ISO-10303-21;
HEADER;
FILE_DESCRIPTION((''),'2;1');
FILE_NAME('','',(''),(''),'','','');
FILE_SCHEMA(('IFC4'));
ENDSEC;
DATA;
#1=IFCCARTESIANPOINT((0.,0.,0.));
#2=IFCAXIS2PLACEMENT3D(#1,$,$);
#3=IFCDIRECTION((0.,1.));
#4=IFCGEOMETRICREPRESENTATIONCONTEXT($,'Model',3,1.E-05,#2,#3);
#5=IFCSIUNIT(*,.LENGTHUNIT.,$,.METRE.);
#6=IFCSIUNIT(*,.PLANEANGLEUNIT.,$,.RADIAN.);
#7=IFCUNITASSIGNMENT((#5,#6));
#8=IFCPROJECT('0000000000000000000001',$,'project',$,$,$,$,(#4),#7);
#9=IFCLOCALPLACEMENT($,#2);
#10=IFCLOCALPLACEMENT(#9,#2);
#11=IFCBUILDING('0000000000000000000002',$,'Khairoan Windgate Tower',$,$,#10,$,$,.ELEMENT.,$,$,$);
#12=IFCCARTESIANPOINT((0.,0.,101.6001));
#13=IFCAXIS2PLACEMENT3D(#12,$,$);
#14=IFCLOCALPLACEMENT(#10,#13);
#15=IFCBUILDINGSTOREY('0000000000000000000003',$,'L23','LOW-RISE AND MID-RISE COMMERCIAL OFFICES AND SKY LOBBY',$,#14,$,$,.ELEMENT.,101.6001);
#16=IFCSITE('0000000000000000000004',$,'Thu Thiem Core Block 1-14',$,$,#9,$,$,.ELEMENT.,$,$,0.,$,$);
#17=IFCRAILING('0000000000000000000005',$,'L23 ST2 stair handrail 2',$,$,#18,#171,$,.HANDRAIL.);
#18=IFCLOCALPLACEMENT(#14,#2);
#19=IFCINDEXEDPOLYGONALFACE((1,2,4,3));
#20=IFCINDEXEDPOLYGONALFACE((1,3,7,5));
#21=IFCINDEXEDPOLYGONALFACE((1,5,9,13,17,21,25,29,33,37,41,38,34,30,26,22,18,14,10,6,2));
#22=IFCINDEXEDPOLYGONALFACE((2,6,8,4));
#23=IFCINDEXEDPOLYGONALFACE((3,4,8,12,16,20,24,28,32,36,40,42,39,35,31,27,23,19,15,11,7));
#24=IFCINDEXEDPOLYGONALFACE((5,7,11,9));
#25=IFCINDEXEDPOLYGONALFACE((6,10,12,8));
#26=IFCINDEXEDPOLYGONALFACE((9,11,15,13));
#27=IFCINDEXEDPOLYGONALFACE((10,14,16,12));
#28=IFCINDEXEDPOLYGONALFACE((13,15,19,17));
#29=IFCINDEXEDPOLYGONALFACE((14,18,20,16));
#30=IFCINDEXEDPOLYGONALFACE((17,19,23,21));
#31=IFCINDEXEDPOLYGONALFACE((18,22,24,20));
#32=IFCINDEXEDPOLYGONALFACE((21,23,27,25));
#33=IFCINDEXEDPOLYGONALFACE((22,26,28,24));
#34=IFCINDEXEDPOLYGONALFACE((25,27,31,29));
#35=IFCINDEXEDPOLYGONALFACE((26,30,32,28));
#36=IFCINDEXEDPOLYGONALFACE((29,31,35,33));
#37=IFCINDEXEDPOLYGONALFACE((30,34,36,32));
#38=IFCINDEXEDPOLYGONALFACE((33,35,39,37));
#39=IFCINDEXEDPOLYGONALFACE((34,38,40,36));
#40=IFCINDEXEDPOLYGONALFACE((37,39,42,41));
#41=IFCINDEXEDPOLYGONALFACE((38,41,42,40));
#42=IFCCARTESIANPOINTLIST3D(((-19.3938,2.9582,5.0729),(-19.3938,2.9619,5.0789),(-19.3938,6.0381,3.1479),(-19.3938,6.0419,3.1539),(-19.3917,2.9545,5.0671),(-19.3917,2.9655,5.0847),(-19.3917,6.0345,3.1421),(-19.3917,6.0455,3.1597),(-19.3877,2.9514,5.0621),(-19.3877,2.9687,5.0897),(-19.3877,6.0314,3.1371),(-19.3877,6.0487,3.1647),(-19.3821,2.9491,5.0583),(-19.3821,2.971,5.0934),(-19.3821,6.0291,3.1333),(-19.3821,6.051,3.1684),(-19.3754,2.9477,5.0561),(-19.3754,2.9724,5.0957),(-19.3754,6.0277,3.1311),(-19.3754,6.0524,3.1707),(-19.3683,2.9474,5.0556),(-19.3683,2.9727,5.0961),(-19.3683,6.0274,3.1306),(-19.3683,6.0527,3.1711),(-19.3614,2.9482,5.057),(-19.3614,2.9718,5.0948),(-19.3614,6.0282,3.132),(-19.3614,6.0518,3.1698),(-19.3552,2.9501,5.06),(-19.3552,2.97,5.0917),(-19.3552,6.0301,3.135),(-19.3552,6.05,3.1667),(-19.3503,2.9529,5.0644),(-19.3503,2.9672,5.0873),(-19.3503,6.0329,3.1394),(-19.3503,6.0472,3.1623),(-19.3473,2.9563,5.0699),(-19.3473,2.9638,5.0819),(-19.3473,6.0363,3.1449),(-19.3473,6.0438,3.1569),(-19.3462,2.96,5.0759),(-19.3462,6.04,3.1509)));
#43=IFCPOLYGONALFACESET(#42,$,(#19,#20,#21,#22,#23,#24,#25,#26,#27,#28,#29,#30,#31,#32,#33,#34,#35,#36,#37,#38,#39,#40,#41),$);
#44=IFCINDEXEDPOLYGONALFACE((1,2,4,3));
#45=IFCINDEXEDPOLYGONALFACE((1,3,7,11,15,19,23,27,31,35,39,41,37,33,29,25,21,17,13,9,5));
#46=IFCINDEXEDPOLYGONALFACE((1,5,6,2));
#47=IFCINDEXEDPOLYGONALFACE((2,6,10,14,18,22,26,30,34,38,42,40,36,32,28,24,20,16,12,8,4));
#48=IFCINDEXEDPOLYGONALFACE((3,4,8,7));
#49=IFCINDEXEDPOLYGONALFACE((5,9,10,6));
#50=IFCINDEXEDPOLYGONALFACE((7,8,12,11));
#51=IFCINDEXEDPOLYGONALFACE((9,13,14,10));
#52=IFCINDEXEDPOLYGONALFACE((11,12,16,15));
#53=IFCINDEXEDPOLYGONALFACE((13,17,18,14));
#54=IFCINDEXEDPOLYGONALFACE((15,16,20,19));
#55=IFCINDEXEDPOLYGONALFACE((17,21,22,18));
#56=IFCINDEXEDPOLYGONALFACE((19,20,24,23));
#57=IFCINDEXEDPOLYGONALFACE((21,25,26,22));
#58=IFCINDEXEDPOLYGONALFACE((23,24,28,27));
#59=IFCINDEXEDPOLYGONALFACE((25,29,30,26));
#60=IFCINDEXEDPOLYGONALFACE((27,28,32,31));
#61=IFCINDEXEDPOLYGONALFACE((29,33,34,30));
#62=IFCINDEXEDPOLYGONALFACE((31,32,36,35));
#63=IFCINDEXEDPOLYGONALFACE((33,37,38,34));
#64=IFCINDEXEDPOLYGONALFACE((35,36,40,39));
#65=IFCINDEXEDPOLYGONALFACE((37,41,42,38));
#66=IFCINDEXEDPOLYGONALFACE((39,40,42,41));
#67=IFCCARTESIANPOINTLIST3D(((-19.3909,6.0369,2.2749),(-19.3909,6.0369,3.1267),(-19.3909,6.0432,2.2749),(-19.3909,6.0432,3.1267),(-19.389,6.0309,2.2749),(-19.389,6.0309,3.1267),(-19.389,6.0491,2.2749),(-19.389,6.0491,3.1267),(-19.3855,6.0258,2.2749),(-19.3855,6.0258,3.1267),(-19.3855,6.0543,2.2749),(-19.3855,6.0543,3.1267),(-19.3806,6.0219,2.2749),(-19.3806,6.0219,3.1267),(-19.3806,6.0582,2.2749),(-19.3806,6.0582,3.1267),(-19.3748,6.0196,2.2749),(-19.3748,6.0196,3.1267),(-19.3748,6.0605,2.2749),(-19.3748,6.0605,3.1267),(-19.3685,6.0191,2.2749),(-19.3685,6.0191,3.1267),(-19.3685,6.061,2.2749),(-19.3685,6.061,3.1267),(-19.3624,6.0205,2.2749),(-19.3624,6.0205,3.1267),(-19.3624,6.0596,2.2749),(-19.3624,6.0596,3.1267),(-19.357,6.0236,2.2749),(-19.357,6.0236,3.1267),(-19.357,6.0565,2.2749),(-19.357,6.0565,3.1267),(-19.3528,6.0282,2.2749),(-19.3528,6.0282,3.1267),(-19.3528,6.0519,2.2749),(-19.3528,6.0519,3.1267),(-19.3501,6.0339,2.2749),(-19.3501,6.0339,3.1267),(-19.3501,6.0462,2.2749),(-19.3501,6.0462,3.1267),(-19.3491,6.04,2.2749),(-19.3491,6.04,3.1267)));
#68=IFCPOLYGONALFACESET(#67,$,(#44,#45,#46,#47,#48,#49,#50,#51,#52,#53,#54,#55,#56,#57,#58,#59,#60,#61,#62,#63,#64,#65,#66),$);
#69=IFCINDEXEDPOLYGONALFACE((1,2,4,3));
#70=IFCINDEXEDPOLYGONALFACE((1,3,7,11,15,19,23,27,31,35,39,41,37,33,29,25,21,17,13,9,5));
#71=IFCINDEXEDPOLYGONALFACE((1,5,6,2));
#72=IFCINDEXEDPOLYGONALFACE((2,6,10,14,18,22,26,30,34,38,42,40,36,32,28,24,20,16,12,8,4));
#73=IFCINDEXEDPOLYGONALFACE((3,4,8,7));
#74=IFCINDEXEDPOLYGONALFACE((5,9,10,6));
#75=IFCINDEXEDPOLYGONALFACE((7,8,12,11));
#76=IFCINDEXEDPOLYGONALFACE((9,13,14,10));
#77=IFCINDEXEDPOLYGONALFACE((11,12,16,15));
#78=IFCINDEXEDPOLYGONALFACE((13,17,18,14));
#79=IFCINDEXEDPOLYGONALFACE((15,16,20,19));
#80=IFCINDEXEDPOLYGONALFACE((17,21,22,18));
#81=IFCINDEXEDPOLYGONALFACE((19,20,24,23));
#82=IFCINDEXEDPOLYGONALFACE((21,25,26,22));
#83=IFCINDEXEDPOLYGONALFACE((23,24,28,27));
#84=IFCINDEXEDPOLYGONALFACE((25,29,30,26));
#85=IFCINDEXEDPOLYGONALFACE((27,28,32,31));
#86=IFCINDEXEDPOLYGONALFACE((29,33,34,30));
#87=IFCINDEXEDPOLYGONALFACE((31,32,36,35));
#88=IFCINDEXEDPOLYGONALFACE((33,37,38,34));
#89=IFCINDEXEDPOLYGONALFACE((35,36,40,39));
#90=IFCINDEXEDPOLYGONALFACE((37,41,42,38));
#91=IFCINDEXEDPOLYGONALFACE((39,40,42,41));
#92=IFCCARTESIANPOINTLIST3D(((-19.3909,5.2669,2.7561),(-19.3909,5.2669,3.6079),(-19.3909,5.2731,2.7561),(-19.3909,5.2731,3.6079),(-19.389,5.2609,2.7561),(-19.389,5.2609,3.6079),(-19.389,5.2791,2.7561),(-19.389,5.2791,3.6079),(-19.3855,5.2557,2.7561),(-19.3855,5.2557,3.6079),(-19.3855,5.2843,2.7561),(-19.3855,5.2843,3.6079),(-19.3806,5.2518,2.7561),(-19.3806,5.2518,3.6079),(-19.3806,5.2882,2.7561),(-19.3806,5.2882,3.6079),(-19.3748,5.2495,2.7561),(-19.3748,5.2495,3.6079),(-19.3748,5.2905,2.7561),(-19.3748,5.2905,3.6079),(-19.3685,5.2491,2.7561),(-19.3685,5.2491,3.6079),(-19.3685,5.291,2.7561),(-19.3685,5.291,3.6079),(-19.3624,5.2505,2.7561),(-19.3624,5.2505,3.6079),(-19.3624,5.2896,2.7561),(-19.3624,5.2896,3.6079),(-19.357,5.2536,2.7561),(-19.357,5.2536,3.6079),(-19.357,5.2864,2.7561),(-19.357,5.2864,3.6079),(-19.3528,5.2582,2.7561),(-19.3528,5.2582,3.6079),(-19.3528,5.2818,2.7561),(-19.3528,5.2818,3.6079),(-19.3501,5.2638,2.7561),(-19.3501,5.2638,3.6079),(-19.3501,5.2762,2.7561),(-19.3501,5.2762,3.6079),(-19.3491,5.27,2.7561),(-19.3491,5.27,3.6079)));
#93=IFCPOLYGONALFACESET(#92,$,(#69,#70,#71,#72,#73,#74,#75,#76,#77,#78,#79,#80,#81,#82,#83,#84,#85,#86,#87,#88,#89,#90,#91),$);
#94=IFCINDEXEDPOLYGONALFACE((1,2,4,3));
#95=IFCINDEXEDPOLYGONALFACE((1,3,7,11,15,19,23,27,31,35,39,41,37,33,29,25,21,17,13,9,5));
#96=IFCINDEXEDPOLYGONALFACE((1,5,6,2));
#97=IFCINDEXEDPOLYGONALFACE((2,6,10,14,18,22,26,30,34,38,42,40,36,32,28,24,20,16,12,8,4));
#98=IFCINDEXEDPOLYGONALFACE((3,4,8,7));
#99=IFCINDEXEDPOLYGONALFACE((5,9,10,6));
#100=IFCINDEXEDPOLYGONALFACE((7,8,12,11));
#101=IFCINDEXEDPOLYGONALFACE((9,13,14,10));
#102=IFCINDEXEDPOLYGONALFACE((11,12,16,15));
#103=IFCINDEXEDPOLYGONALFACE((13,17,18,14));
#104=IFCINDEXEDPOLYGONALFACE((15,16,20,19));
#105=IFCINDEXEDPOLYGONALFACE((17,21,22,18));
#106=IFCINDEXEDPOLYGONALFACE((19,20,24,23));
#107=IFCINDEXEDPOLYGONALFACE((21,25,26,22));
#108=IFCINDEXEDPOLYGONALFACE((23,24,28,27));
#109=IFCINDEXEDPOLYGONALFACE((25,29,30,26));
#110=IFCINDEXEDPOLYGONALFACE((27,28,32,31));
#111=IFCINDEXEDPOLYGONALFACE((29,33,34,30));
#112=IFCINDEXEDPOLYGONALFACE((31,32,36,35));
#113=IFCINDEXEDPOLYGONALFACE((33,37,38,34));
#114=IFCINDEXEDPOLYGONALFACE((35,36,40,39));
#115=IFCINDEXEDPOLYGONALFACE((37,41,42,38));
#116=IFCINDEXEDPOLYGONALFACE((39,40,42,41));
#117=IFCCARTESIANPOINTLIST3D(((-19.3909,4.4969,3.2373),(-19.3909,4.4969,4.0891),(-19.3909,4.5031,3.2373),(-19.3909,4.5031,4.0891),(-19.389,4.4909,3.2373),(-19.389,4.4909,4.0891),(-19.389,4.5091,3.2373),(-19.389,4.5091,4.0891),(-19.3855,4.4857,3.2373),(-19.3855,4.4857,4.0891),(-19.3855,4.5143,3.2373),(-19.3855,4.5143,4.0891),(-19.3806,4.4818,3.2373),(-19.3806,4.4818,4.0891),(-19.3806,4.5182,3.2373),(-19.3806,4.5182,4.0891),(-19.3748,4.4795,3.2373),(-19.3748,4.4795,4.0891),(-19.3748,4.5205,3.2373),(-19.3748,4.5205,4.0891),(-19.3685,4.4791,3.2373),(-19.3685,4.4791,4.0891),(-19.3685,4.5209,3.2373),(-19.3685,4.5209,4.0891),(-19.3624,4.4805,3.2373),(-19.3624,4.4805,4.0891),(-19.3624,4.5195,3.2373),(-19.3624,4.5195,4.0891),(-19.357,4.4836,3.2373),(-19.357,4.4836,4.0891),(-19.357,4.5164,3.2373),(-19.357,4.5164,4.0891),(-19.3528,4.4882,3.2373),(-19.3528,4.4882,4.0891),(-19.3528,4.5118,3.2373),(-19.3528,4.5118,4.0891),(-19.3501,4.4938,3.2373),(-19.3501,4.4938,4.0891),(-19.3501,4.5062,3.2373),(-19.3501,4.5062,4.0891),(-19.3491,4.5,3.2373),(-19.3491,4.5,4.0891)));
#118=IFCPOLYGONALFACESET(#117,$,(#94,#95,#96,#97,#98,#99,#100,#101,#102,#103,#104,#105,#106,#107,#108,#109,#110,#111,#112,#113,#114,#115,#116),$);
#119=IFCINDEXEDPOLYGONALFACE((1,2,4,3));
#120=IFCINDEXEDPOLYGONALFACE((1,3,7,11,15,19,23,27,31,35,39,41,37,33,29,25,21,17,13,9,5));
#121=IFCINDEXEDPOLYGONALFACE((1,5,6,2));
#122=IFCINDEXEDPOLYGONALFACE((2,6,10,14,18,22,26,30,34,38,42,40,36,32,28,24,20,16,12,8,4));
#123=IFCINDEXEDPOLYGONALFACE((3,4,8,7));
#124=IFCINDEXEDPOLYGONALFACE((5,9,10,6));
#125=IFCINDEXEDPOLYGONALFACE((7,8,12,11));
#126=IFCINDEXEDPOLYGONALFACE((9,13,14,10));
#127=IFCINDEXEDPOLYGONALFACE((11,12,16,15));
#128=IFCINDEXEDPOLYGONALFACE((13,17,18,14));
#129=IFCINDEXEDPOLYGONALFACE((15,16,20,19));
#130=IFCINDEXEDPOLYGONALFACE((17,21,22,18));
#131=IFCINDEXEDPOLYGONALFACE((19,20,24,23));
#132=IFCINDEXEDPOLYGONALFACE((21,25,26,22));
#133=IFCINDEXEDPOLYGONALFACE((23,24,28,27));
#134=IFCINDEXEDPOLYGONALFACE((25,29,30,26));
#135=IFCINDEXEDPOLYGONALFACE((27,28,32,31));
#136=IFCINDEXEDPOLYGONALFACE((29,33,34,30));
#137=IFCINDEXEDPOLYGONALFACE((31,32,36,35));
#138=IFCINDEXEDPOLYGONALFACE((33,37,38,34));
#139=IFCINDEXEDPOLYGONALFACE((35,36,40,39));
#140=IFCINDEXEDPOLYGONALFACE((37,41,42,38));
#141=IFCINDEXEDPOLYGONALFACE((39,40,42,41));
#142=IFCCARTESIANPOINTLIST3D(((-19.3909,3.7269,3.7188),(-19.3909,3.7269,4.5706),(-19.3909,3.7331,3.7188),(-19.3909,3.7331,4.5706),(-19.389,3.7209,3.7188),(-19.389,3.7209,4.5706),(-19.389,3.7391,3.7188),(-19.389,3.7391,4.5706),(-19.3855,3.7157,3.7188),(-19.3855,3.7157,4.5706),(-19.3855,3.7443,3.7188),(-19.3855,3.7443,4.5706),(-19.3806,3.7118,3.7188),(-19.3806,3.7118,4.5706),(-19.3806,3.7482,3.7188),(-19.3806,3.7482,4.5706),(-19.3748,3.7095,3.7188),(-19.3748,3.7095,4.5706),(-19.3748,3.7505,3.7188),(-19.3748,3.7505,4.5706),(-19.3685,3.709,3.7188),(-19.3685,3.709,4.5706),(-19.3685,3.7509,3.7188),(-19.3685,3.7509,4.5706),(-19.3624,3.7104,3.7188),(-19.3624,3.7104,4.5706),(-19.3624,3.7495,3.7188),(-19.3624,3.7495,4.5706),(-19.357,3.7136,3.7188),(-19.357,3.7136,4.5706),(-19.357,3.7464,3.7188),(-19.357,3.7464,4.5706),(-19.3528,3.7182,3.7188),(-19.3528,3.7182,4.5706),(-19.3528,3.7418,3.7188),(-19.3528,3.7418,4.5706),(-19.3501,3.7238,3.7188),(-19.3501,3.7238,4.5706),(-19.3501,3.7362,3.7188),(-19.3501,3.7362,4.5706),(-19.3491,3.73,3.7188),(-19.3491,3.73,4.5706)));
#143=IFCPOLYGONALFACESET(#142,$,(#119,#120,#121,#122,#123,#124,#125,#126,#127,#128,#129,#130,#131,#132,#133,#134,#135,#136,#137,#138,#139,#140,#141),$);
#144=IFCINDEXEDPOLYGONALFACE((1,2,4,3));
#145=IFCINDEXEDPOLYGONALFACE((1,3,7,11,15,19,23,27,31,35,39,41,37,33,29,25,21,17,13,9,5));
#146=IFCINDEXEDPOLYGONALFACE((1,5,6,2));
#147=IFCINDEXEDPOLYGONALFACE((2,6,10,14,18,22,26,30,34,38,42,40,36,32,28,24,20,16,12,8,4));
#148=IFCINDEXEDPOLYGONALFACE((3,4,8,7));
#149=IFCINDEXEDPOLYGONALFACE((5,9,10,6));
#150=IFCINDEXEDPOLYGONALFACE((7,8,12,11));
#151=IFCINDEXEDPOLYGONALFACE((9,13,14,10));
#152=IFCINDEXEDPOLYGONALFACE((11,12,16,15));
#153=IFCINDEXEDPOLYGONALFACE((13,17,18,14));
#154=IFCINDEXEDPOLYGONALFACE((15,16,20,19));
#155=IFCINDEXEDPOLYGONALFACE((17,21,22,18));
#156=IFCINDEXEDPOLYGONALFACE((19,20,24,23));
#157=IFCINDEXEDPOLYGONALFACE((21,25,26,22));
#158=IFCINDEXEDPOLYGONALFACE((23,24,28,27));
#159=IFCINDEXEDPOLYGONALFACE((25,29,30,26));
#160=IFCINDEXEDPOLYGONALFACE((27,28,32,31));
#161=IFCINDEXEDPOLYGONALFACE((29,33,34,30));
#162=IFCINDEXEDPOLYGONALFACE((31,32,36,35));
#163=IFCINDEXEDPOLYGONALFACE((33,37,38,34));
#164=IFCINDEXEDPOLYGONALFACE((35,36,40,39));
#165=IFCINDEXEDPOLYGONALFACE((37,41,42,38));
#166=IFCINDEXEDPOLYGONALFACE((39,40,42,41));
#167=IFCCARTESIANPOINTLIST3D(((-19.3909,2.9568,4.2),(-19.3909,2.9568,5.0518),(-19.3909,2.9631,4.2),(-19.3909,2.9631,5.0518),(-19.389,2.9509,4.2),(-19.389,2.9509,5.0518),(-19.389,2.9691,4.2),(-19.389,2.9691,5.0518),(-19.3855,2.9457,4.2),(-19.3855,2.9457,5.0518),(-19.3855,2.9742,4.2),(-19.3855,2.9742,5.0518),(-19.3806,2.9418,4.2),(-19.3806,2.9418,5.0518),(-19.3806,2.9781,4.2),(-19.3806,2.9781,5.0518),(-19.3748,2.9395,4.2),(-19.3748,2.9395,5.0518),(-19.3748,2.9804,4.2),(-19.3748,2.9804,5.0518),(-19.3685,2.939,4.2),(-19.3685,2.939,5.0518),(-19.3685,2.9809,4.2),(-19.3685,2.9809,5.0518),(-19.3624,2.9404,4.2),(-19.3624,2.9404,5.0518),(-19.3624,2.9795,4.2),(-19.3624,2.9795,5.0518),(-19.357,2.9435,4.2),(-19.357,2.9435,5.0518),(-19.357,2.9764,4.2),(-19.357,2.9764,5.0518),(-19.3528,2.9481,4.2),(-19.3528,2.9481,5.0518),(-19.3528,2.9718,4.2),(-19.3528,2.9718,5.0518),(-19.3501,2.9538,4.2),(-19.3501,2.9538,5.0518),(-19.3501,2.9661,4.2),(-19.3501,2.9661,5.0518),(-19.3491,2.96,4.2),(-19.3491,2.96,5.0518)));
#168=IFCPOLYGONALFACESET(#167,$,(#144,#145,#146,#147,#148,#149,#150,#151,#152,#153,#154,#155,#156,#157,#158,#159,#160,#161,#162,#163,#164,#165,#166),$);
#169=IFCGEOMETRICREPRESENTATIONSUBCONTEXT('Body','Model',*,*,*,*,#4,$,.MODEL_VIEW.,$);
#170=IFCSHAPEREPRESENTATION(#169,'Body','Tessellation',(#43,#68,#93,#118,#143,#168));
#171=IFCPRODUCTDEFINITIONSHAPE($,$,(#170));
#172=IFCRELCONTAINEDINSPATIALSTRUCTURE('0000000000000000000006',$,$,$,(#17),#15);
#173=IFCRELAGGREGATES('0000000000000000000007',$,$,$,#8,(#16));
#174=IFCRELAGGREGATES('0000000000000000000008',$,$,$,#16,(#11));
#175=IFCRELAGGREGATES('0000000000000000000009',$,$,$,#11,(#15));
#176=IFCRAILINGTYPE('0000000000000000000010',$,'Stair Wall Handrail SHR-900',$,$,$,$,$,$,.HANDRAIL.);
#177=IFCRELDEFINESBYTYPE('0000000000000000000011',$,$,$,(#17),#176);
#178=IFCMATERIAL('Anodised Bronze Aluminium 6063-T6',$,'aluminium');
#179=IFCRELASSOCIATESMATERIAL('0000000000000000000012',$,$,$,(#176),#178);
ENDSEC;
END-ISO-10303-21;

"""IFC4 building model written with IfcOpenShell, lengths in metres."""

from ifc_helpers import new_model, si_unit, direction, frame, origin, origin_2d, place, context, subcontext, project, spatial, circle, extrude, material, type_object, element, save


model = new_model("IFC4")

# Units and contexts
model_context = context("Model", 3, precision=1e-05, world=origin(), true_north=direction((0.0, 1.0)))
body_context = subcontext(model_context, "Body", "Model", "MODEL_VIEW")
ifc_project = project(units=[si_unit("LENGTHUNIT", "METRE"), si_unit("PLANEANGLEUNIT", "RADIAN")], contexts=[model_context])

# Site, building, storey
site_placement = place(None, origin())
site = spatial("IfcSite", under=ifc_project, at=site_placement, Name="Thu Thiem Core Block 1-14", CompositionType="ELEMENT", RefElevation=0.0)
building_placement = place(site_placement, origin())
building = spatial("IfcBuilding", under=site, at=building_placement, Name="Khairoan Windgate Tower", CompositionType="ELEMENT")
storey_placement = place(building_placement, frame((0.0, 0.0, 101.6001)))
storey = spatial("IfcBuildingStorey", under=building, at=storey_placement, Name="L23", Description="LOW-RISE AND MID-RISE COMMERCIAL OFFICES AND SKY LOBBY", CompositionType="ELEMENT", Elevation=101.6001)

# Railing
ifc_material_1 = material(Name="Anodised Bronze Aluminium 6063-T6", Category="aluminium")
railing_type_1 = type_object("IfcRailingType", Name="Stair Wall Handrail SHR-900", PredefinedType="HANDRAIL", material=ifc_material_1)
railing_1_placement = place(storey_placement, frame((-19.3701, 6.04, 2.2749)))
element("IfcRailing", 1, at=railing_1_placement, inside=storey, type_object=railing_type_1, Name="L23 ST2 stair handrail 2", PredefinedType="HANDRAIL", context=body_context, shape_type="SweptSolid", body=[
    extrude(circle(Radius=0.0239, at=origin_2d()), frame((0.0, 0.0, 0.876), z_axis=(0.0, -0.847998, 0.529999), x_axis=(1.0, 0.0, 0.0)), (0.0, 0.0, 1.0), 3.6321),
    extrude(circle(Radius=0.021, at=origin_2d()), origin(), (0.0, 0.0, 1.0), 0.8518),
    extrude(circle(Radius=0.021, at=origin_2d()), frame((0.0, -0.77, 0.4812)), (0.0, 0.0, 1.0), 0.8518),
    extrude(circle(Radius=0.021, at=origin_2d()), frame((0.0, -1.54, 0.9624)), (0.0, 0.0, 1.0), 0.8518),
    extrude(circle(Radius=0.021, at=origin_2d()), frame((0.0, -2.3101, 1.4438)), (0.0, 0.0, 1.0), 0.8518),
    extrude(circle(Radius=0.021, at=origin_2d()), frame((0.0, -3.0801, 1.925)), (0.0, 0.0, 1.0), 0.8518),
])

save(model, "model.ifc")
